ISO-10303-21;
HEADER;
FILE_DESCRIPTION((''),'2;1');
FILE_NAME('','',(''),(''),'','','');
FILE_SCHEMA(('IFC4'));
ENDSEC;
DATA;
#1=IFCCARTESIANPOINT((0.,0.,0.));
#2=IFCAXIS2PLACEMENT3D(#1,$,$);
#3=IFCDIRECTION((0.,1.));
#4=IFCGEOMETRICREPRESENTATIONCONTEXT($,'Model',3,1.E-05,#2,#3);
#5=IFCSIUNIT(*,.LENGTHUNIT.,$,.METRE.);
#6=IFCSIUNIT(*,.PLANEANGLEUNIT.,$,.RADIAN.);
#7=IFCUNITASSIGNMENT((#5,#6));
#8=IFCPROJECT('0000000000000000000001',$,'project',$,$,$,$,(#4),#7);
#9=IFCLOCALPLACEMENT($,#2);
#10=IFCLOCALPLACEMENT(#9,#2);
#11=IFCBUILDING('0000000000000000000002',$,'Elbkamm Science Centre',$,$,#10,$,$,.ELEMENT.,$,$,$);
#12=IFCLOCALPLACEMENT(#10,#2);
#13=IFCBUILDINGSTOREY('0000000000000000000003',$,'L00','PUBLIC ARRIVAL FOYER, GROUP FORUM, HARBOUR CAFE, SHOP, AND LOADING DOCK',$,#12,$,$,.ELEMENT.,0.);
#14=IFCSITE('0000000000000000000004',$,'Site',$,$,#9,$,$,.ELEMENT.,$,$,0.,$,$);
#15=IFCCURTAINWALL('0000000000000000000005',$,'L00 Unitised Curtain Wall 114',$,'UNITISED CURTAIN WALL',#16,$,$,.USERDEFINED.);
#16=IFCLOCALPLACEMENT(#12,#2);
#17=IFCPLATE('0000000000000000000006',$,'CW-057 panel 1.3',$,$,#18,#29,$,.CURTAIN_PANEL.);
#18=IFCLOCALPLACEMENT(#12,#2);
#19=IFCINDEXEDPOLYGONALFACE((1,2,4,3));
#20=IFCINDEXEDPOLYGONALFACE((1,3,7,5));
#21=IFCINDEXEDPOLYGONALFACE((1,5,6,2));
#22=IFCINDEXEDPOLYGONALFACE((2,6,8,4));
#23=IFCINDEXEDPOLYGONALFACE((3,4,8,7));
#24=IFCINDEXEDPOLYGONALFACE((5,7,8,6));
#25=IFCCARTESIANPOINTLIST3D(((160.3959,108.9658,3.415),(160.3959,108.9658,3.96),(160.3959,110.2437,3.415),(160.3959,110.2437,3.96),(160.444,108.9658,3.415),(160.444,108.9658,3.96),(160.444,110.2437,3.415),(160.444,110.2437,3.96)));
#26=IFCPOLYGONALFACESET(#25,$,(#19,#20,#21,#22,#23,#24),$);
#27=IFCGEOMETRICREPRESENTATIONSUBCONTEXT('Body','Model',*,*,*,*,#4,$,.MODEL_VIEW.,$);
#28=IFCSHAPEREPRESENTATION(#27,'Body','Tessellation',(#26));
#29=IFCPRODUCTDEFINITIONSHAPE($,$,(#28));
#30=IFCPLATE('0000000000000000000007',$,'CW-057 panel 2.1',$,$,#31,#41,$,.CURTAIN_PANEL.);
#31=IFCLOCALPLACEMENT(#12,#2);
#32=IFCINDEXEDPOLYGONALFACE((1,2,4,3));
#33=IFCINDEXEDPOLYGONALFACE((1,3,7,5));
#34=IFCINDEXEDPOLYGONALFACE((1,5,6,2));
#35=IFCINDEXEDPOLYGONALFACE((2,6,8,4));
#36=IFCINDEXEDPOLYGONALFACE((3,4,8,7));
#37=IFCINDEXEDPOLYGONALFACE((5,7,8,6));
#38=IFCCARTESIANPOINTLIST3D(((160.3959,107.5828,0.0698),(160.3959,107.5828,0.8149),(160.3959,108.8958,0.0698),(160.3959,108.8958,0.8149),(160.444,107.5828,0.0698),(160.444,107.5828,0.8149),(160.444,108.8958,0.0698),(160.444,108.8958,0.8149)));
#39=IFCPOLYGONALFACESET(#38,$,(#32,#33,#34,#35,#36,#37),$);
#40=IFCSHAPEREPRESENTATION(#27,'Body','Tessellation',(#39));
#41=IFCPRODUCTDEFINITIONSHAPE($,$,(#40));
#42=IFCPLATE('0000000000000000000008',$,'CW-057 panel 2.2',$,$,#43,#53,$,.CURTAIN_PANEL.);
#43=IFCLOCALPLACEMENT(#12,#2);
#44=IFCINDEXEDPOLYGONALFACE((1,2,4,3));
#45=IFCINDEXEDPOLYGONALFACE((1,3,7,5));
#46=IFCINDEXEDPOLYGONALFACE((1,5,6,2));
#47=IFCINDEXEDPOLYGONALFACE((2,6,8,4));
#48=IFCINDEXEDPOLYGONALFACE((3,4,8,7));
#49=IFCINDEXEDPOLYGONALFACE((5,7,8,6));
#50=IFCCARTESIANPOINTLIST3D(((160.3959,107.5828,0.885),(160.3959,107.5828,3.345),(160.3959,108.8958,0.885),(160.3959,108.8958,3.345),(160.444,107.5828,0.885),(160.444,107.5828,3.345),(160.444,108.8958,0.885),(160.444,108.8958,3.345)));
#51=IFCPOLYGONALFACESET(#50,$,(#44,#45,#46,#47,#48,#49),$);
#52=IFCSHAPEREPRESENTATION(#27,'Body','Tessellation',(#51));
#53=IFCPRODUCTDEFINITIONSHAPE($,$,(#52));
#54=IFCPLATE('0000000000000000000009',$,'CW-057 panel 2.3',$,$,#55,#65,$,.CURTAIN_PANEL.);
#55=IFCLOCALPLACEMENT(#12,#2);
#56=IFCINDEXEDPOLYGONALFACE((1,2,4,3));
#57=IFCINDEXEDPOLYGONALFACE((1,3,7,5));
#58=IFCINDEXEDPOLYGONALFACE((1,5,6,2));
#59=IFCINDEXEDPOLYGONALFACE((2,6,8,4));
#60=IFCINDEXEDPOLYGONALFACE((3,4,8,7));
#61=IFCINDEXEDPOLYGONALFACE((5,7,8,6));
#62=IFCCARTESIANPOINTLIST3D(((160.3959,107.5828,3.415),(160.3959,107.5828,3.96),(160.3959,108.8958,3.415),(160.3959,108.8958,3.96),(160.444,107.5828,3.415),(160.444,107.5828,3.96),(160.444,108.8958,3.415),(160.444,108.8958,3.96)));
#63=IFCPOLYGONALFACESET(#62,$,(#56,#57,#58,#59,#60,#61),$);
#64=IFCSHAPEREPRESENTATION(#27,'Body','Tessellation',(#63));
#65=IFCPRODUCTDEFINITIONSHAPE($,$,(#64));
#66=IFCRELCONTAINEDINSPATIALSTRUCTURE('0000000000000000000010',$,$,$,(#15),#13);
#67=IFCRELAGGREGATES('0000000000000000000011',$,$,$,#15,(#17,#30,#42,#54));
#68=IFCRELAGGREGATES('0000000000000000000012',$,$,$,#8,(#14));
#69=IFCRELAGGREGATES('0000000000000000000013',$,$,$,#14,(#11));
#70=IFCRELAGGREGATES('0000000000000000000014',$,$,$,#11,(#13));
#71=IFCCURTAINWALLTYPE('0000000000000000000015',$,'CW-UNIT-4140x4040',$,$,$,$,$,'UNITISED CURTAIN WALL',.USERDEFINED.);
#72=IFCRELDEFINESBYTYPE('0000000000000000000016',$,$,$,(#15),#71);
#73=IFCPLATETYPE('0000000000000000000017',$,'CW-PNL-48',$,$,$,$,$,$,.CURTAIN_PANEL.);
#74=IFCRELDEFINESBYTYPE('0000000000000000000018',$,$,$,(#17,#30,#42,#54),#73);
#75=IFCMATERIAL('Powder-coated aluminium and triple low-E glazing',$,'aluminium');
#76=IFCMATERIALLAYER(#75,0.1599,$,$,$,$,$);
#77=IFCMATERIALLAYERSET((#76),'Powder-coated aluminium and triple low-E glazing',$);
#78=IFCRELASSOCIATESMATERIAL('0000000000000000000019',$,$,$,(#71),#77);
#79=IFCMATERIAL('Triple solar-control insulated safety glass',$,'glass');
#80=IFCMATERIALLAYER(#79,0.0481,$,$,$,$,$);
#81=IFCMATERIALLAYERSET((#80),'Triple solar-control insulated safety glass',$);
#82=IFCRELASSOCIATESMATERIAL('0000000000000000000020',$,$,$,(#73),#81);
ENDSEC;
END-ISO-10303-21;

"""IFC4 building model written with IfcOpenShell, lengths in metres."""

from ifc_helpers import new_model, si_unit, direction, frame, origin, origin_2d, place, context, subcontext, project, spatial, rectangle, extrude, material, layer, layer_set, type_object, element, aggregate, save


model = new_model("IFC4")

# Units and contexts
model_context = context("Model", 3, precision=1e-05, world=origin(), true_north=direction((0.0, 1.0)))
body_context = subcontext(model_context, "Body", "Model", "MODEL_VIEW")
ifc_project = project(units=[si_unit("LENGTHUNIT", "METRE"), si_unit("PLANEANGLEUNIT", "RADIAN")], contexts=[model_context])

# Site, building, storey
site_placement = place(None, origin())
site = spatial("IfcSite", under=ifc_project, at=site_placement, Name="Site", CompositionType="ELEMENT", RefElevation=0.0)
building_placement = place(site_placement, origin())
building = spatial("IfcBuilding", under=site, at=building_placement, Name="Elbkamm Science Centre", CompositionType="ELEMENT")
storey_placement = place(building_placement, origin())
storey = spatial("IfcBuildingStorey", under=building, at=storey_placement, Name="L00", Description="PUBLIC ARRIVAL FOYER, GROUP FORUM, HARBOUR CAFE, SHOP, AND LOADING DOCK", CompositionType="ELEMENT", Elevation=0.0)

# Curtain wall
ifc_material_1 = material(Name="Powder-coated aluminium and triple low-E glazing", Category="aluminium")
ifc_layer_1 = layer(ifc_material_1, 0.1599)
ifc_layer_set_1 = layer_set([ifc_layer_1], Name="Powder-coated aluminium and triple low-E glazing")
curtain_wall_type_1 = type_object("IfcCurtainWallType", Name="CW-UNIT-4140x4040", ElementType="UNITISED CURTAIN WALL", PredefinedType="USERDEFINED", material=ifc_layer_set_1)
curtain_wall_1_placement = place(storey_placement, origin())
curtain_wall_1 = element("IfcCurtainWall", 1, at=curtain_wall_1_placement, inside=storey, type_object=curtain_wall_type_1, Name="L00 Unitised Curtain Wall 114", ObjectType="UNITISED CURTAIN WALL", PredefinedType="USERDEFINED")

# Plates
ifc_material_2 = material(Name="Triple solar-control insulated safety glass", Category="glass")
ifc_layer_2 = layer(ifc_material_2, 0.0481)
ifc_layer_set_2 = layer_set([ifc_layer_2], Name="Triple solar-control insulated safety glass")
plate_type = type_object("IfcPlateType", Name="CW-PNL-48", PredefinedType="CURTAIN_PANEL", material=ifc_layer_set_2)
plate_1_placement = place(storey_placement, frame((160.4199, 109.6047, 3.415), z_axis=(0.0, 0.0, 1.0), x_axis=(0.0, -1.0, 0.0)))
plate_1 = element("IfcPlate", 2, at=plate_1_placement, type_object=plate_type, Name="CW-057 panel 1.3", PredefinedType="CURTAIN_PANEL", context=body_context, shape_type="SweptSolid", body=[
    extrude(rectangle(XDim=1.2778, YDim=0.0481, at=origin_2d()), origin(), (0.0, 0.0, 1.0), 0.5449),
])
plate_2_placement = place(storey_placement, frame((160.4199, 108.2393, 0.0698), z_axis=(0.0, 0.0, 1.0), x_axis=(0.0, -1.0, 0.0)))
plate_2 = element("IfcPlate", 3, at=plate_2_placement, type_object=plate_type, Name="CW-057 panel 2.1", PredefinedType="CURTAIN_PANEL", context=body_context, shape_type="SweptSolid", body=[
    extrude(rectangle(XDim=1.313, YDim=0.0481, at=origin_2d()), origin(), (0.0, 0.0, 1.0), 0.7451),
])
plate_3_placement = place(storey_placement, frame((160.4199, 108.2393, 0.885), z_axis=(0.0, 0.0, 1.0), x_axis=(0.0, -1.0, 0.0)))
plate_3 = element("IfcPlate", 4, at=plate_3_placement, type_object=plate_type, Name="CW-057 panel 2.2", PredefinedType="CURTAIN_PANEL", context=body_context, shape_type="SweptSolid", body=[
    extrude(rectangle(XDim=1.313, YDim=0.0481, at=origin_2d()), origin(), (0.0, 0.0, 1.0), 2.46),
])
plate_4_placement = place(storey_placement, frame((160.4199, 108.2393, 3.415), z_axis=(0.0, 0.0, 1.0), x_axis=(0.0, -1.0, 0.0)))
plate_4 = element("IfcPlate", 5, at=plate_4_placement, type_object=plate_type, Name="CW-057 panel 2.3", PredefinedType="CURTAIN_PANEL", context=body_context, shape_type="SweptSolid", body=[
    extrude(rectangle(XDim=1.313, YDim=0.0481, at=origin_2d()), origin(), (0.0, 0.0, 1.0), 0.5449),
])
aggregate(curtain_wall_1, [plate_1, plate_2, plate_3, plate_4])

save(model, "model.ifc")
